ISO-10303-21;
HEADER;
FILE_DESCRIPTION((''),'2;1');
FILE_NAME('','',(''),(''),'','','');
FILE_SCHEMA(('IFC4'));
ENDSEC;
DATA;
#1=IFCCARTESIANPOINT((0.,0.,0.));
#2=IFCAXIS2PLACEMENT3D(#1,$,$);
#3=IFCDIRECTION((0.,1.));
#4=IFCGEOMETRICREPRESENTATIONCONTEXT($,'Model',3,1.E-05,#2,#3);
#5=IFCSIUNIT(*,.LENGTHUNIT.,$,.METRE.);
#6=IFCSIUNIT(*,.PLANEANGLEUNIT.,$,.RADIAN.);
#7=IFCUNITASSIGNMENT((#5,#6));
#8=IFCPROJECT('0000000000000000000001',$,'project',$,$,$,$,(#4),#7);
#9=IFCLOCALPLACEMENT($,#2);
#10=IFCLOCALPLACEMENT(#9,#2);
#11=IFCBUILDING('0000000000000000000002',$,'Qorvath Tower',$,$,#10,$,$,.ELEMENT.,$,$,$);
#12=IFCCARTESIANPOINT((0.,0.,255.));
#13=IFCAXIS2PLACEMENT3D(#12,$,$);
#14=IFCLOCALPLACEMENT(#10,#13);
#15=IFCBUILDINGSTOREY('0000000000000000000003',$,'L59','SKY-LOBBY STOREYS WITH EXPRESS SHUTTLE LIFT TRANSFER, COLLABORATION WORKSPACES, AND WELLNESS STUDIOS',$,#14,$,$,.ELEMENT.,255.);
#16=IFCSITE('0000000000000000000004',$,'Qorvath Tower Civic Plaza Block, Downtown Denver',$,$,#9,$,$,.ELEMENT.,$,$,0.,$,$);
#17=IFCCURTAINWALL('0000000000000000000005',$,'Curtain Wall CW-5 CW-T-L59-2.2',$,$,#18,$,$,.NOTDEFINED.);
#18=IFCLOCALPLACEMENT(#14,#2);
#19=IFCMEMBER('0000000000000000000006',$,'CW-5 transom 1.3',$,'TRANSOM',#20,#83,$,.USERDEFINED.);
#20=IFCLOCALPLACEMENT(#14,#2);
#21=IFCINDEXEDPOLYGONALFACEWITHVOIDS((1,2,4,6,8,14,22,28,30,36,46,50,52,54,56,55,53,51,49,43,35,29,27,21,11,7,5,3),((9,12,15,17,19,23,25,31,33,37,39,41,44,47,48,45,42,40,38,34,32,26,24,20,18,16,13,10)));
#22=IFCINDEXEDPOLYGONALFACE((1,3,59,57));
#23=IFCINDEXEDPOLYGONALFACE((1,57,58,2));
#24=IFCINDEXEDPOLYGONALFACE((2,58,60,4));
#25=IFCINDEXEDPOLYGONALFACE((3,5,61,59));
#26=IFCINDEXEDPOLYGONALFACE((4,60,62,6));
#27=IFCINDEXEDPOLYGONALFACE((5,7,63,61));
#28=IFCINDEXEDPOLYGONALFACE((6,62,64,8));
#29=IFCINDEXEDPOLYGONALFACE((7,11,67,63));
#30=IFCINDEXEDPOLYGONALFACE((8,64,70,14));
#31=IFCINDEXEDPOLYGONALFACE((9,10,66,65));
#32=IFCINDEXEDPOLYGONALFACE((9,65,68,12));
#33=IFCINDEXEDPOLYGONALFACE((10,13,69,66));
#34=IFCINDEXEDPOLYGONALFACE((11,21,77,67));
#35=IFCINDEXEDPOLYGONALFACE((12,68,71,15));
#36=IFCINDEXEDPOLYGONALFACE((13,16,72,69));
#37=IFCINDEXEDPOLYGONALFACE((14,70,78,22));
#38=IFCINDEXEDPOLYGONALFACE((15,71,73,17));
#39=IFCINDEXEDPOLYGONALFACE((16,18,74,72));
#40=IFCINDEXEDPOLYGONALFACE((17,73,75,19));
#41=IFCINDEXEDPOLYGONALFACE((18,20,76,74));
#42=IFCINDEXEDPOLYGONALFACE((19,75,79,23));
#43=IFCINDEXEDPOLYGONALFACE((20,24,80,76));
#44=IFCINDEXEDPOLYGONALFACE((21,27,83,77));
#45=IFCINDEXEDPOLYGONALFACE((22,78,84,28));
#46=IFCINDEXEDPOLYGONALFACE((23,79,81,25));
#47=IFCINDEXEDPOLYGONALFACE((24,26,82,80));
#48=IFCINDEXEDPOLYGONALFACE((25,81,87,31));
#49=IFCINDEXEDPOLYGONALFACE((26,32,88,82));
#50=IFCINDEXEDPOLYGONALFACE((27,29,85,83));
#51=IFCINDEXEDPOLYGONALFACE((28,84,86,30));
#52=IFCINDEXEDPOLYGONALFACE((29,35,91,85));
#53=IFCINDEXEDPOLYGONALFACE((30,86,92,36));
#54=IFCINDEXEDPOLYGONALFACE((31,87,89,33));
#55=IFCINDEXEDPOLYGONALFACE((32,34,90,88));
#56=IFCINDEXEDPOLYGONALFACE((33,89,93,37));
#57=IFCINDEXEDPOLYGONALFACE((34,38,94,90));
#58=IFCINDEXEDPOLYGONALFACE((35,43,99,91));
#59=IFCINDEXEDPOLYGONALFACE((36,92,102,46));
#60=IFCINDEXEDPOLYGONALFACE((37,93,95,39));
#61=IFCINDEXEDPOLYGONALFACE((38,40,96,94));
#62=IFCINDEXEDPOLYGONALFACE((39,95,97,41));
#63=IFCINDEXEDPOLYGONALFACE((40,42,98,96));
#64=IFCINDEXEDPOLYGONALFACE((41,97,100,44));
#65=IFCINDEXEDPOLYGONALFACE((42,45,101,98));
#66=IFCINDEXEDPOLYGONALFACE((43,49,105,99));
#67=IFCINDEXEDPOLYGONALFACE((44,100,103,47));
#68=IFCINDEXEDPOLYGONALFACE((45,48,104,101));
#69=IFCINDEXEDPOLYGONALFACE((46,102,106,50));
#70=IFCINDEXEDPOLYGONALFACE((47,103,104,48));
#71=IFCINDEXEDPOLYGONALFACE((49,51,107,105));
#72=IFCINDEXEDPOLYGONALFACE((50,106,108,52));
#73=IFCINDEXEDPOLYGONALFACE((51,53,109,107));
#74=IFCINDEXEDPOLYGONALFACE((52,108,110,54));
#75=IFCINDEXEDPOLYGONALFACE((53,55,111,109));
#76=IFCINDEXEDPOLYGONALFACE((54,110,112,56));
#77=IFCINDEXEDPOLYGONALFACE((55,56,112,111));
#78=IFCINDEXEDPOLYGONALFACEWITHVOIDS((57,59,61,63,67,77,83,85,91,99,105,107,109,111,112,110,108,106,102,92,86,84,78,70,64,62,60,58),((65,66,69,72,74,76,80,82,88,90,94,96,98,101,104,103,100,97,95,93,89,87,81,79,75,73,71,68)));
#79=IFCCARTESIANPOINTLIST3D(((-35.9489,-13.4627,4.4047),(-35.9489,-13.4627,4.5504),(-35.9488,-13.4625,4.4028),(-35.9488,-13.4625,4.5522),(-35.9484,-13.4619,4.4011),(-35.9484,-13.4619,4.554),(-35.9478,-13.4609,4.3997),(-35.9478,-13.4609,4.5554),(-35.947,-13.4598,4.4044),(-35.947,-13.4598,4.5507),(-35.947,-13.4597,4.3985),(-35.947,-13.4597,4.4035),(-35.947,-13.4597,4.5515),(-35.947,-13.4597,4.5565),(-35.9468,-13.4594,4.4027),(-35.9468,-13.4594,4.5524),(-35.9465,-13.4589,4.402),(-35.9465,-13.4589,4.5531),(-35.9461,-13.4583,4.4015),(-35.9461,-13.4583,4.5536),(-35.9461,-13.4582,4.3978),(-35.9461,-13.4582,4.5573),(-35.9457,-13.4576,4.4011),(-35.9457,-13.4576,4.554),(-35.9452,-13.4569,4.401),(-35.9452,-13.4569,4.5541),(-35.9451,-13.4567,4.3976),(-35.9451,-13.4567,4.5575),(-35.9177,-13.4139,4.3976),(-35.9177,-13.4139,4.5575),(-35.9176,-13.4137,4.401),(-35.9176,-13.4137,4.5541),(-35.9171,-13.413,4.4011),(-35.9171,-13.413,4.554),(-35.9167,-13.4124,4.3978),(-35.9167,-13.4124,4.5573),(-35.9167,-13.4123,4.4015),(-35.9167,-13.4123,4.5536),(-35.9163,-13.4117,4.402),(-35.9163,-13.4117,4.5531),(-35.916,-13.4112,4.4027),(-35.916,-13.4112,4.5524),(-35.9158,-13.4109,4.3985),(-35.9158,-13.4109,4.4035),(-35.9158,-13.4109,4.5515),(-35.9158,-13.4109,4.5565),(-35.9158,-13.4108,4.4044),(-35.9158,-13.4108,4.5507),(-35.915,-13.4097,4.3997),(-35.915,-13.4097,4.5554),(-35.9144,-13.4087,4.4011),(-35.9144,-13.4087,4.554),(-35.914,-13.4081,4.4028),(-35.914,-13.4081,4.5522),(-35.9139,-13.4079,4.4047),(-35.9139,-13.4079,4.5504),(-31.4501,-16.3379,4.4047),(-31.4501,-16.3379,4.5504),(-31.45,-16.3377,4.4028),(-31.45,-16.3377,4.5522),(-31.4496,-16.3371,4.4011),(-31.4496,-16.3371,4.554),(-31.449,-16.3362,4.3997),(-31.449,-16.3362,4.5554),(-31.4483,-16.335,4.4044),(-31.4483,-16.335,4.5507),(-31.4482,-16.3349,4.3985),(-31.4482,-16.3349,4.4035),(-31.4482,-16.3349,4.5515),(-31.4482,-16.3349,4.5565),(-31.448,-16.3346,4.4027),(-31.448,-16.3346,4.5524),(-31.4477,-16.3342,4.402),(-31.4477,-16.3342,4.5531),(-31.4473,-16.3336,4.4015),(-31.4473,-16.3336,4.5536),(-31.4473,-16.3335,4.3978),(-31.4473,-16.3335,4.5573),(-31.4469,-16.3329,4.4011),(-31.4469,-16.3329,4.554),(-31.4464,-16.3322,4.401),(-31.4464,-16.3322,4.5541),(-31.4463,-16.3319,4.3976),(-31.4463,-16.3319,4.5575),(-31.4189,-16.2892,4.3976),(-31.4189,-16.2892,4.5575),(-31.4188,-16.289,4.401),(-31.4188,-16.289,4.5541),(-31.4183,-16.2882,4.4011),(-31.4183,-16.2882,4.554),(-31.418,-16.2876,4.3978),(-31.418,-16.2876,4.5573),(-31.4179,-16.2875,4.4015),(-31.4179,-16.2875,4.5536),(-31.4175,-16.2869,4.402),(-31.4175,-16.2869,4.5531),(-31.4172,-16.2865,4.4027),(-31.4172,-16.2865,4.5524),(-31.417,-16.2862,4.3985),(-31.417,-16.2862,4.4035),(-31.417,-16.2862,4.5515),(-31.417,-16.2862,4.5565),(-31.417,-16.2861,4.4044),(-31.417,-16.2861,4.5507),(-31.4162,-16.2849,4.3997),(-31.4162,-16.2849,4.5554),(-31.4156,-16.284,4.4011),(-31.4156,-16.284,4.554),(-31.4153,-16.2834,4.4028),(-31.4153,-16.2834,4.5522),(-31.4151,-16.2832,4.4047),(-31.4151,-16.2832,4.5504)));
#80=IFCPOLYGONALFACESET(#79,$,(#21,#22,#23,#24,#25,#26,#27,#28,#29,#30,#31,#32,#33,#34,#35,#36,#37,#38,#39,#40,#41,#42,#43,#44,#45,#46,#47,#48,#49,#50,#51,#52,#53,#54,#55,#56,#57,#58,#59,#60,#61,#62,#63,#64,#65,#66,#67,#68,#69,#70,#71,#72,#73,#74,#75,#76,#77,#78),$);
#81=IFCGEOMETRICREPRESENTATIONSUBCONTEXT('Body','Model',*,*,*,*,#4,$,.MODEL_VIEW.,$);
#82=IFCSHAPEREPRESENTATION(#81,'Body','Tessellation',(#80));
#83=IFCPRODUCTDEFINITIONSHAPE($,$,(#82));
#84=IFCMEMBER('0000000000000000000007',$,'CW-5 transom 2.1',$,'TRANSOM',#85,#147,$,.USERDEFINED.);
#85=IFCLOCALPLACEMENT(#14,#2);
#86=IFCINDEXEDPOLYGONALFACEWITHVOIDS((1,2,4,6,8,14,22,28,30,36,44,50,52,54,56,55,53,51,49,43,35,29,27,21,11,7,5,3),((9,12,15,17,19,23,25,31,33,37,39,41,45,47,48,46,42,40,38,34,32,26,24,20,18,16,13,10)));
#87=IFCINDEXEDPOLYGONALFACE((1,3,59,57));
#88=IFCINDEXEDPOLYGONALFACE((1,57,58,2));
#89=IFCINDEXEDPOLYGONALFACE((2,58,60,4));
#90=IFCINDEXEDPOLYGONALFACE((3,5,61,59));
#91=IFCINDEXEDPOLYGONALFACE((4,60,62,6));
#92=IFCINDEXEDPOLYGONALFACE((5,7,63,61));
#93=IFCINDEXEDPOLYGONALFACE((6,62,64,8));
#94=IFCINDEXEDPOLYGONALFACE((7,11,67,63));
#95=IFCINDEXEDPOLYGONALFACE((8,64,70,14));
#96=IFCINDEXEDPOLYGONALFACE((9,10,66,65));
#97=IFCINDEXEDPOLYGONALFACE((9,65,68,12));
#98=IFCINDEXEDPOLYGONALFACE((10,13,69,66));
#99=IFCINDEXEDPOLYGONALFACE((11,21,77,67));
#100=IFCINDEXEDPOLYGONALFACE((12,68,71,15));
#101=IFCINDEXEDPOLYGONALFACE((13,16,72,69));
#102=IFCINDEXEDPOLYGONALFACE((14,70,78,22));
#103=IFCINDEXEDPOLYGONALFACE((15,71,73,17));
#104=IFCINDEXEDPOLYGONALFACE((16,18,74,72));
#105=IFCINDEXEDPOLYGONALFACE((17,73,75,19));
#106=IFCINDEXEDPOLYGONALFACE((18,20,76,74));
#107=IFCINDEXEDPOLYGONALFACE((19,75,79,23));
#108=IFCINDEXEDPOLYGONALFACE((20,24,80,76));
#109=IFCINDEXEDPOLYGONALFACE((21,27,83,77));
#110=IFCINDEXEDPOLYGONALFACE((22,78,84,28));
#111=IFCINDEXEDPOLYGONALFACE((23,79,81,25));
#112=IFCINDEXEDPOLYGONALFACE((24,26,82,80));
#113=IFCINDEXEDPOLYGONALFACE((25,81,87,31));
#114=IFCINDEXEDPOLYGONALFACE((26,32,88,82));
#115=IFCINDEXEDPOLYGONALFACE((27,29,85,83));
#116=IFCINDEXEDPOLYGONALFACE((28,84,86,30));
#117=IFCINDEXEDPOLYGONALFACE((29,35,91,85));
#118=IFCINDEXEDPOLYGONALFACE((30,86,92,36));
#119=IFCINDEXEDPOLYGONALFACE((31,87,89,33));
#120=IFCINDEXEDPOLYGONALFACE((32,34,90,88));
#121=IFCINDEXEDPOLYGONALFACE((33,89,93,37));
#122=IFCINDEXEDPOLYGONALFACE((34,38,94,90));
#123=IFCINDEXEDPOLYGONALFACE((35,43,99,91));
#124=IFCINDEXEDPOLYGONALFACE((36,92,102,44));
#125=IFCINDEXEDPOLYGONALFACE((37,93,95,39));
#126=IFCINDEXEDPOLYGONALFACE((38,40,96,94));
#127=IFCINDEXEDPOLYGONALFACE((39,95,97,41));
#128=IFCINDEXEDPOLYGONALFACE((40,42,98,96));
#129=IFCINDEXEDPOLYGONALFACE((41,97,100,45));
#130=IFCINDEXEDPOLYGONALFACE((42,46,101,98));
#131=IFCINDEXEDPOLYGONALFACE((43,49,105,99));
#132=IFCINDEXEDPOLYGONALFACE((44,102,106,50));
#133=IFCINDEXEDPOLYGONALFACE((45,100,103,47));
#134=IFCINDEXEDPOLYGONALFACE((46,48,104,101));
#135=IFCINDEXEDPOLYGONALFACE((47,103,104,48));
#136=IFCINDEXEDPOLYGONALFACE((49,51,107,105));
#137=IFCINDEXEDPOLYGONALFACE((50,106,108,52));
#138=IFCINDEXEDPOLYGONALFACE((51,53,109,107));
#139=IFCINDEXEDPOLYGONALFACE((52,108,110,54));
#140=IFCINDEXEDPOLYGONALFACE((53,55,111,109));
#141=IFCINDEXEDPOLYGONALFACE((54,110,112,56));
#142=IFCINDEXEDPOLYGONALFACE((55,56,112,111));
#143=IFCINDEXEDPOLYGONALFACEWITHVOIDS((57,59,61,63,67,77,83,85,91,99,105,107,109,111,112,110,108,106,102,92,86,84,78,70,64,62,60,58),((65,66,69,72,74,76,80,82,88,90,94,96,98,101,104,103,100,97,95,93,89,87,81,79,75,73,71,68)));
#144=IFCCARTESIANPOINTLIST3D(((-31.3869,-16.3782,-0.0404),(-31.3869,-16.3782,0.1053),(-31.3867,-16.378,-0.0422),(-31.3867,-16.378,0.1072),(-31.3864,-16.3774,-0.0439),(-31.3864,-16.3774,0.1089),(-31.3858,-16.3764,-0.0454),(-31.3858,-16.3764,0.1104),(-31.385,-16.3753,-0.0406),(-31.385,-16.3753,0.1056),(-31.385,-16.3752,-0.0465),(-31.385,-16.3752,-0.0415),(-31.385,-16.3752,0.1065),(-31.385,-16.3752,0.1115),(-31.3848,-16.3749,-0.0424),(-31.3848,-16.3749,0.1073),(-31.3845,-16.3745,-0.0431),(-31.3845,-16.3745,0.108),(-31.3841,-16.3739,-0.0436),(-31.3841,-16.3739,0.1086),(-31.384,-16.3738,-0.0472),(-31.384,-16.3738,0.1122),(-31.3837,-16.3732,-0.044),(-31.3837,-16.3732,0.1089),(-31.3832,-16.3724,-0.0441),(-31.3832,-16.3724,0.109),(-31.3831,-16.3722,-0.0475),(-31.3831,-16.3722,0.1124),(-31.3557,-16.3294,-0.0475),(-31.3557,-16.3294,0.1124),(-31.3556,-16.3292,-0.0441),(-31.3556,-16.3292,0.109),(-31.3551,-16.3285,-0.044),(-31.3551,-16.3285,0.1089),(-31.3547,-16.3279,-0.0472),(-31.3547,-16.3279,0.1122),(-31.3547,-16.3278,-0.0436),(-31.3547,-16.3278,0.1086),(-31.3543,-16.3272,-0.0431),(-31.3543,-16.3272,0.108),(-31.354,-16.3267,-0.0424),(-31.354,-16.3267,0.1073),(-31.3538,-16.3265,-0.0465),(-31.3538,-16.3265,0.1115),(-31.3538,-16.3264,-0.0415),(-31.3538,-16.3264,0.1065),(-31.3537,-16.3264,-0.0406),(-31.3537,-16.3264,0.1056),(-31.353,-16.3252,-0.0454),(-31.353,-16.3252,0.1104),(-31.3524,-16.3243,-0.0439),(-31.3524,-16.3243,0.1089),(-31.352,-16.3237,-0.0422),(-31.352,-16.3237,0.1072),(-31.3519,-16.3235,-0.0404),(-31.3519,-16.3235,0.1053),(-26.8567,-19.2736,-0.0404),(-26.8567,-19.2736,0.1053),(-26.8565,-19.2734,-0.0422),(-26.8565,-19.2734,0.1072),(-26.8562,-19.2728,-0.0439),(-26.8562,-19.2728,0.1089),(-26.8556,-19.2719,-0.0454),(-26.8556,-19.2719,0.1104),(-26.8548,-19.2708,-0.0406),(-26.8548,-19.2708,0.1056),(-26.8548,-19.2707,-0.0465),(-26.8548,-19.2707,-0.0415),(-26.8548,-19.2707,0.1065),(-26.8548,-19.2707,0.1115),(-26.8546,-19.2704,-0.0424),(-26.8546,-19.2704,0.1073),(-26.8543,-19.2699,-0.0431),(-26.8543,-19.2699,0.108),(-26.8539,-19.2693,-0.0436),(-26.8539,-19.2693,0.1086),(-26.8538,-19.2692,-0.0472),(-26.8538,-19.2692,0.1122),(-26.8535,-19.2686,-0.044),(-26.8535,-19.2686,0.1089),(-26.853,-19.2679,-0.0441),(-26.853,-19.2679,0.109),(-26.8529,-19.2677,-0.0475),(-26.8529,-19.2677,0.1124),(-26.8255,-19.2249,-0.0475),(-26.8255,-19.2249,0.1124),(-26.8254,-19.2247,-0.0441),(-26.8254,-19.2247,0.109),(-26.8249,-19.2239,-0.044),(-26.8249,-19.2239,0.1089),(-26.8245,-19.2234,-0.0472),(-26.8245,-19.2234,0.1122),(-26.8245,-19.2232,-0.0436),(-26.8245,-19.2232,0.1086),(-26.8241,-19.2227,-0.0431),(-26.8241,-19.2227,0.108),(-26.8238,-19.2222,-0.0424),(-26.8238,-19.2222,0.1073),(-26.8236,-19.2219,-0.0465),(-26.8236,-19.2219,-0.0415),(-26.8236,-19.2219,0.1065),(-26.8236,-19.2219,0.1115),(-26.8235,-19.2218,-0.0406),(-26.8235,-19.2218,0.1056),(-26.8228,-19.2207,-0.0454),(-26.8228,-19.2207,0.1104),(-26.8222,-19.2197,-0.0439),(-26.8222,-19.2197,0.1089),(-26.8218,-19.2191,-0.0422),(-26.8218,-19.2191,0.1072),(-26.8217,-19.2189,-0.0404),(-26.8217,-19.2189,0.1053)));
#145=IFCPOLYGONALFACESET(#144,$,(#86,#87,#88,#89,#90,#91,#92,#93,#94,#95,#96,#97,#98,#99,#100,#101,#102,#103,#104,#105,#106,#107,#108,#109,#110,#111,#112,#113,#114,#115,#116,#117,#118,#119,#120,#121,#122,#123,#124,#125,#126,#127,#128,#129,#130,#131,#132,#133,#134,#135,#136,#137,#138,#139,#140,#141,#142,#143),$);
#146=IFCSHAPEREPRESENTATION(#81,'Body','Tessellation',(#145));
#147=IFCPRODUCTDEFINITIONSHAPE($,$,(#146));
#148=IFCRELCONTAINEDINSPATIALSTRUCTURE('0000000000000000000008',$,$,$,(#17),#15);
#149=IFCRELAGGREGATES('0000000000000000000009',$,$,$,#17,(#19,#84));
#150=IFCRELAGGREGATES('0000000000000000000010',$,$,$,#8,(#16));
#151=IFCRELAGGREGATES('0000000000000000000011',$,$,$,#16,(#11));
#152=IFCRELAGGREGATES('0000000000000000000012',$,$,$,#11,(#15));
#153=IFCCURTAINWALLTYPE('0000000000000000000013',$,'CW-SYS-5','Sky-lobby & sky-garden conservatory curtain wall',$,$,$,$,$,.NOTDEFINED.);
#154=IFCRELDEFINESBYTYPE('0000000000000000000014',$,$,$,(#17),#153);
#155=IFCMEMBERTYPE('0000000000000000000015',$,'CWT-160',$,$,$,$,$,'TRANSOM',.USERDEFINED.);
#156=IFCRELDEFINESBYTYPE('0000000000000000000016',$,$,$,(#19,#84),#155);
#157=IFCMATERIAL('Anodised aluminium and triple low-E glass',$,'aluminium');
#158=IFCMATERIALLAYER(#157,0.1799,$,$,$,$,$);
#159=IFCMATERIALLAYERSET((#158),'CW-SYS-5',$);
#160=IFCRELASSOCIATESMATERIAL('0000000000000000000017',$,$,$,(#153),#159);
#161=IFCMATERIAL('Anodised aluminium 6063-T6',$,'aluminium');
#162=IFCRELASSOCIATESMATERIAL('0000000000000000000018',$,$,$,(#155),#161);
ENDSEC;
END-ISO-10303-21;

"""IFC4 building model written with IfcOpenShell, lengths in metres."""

from ifc_helpers import new_model, si_unit, direction, frame, origin, origin_2d, place, context, subcontext, project, spatial, hollow_rectangle, extrude, material, layer, layer_set, material_profile, profile_set, type_object, element, aggregate, save


model = new_model("IFC4")

# Units and contexts
model_context = context("Model", 3, precision=1e-05, world=origin(), true_north=direction((0.0, 1.0)))
body_context = subcontext(model_context, "Body", "Model", "MODEL_VIEW")
ifc_project = project(units=[si_unit("LENGTHUNIT", "METRE"), si_unit("PLANEANGLEUNIT", "RADIAN")], contexts=[model_context])

# Site, building, storey
site_placement = place(None, origin())
site = spatial("IfcSite", under=ifc_project, at=site_placement, Name="Qorvath Tower Civic Plaza Block, Downtown Denver", CompositionType="ELEMENT", RefElevation=0.0)
building_placement = place(site_placement, origin())
building = spatial("IfcBuilding", under=site, at=building_placement, Name="Qorvath Tower", CompositionType="ELEMENT")
storey_placement = place(building_placement, frame((0.0, 0.0, 255.0)))
storey = spatial("IfcBuildingStorey", under=building, at=storey_placement, Name="L59", Description="SKY-LOBBY STOREYS WITH EXPRESS SHUTTLE LIFT TRANSFER, COLLABORATION WORKSPACES, AND WELLNESS STUDIOS", CompositionType="ELEMENT", Elevation=255.0)

# Curtain wall, members
ifc_material_1 = material(Name="Anodised aluminium and triple low-E glass", Category="aluminium")
ifc_layer_1 = layer(ifc_material_1, 0.1799)
ifc_layer_set_1 = layer_set([ifc_layer_1], Name="CW-SYS-5")
curtain_wall_type = type_object("IfcCurtainWallType", Name="CW-SYS-5", Description="Sky-lobby & sky-garden conservatory curtain wall", PredefinedType="NOTDEFINED", material=ifc_layer_set_1)
curtain_wall_placement = place(storey_placement, origin())
curtain_wall = element("IfcCurtainWall", 1, at=curtain_wall_placement, inside=storey, type_object=curtain_wall_type, Name="Curtain Wall CW-5 CW-T-L59-2.2", PredefinedType="NOTDEFINED")
ifc_material_2 = material(Name="Anodised aluminium 6063-T6", Category="aluminium")
ifc_material_profile_1 = material_profile(ifc_material_2, hollow_rectangle(XDim=0.0649, YDim=0.1599, WallThickness=0.0034, InnerFilletRadius=0.0034, OuterFilletRadius=0.0071, at=origin_2d()), Name="CWT 160x65")
ifc_profile_set_1 = profile_set([ifc_material_profile_1], Name="Anodised aluminium 6063-T6")
member_type_1 = type_object("IfcMemberType", Name="CWT-160", ElementType="TRANSOM", PredefinedType="USERDEFINED", material=ifc_profile_set_1)
member_1_placement = place(storey_placement, frame((-35.9314, -13.4353, 4.4775), z_axis=(0.842609, -0.538525, 0.0), x_axis=(0.538525, 0.842609, 0.0)))
member_1 = element("IfcMember", 2, at=member_1_placement, type_object=member_type_1, Name="CW-5 transom 1.3", ObjectType="TRANSOM", PredefinedType="USERDEFINED", context=body_context, shape_type="SweptSolid", body=[
    extrude(hollow_rectangle(XDim=0.0649, YDim=0.1599, WallThickness=0.0034, InnerFilletRadius=0.0034, OuterFilletRadius=0.0071, at=origin_2d()), origin(), (0.0, 0.0, 1.0), 5.3391),
])
member_2_placement = place(storey_placement, frame((-31.3694, -16.3508, 0.0325), z_axis=(0.842598, -0.538543, 0.0), x_axis=(0.538543, 0.842598, 0.0)))
member_2 = element("IfcMember", 3, at=member_2_placement, type_object=member_type_1, Name="CW-5 transom 2.1", ObjectType="TRANSOM", PredefinedType="USERDEFINED", context=body_context, shape_type="SweptSolid", body=[
    extrude(hollow_rectangle(XDim=0.0649, YDim=0.1599, WallThickness=0.0034, InnerFilletRadius=0.0034, OuterFilletRadius=0.0071, at=origin_2d()), origin(), (0.0, 0.0, 1.0), 5.3765),
])
aggregate(curtain_wall, [member_1, member_2])

save(model, "model.ifc")
